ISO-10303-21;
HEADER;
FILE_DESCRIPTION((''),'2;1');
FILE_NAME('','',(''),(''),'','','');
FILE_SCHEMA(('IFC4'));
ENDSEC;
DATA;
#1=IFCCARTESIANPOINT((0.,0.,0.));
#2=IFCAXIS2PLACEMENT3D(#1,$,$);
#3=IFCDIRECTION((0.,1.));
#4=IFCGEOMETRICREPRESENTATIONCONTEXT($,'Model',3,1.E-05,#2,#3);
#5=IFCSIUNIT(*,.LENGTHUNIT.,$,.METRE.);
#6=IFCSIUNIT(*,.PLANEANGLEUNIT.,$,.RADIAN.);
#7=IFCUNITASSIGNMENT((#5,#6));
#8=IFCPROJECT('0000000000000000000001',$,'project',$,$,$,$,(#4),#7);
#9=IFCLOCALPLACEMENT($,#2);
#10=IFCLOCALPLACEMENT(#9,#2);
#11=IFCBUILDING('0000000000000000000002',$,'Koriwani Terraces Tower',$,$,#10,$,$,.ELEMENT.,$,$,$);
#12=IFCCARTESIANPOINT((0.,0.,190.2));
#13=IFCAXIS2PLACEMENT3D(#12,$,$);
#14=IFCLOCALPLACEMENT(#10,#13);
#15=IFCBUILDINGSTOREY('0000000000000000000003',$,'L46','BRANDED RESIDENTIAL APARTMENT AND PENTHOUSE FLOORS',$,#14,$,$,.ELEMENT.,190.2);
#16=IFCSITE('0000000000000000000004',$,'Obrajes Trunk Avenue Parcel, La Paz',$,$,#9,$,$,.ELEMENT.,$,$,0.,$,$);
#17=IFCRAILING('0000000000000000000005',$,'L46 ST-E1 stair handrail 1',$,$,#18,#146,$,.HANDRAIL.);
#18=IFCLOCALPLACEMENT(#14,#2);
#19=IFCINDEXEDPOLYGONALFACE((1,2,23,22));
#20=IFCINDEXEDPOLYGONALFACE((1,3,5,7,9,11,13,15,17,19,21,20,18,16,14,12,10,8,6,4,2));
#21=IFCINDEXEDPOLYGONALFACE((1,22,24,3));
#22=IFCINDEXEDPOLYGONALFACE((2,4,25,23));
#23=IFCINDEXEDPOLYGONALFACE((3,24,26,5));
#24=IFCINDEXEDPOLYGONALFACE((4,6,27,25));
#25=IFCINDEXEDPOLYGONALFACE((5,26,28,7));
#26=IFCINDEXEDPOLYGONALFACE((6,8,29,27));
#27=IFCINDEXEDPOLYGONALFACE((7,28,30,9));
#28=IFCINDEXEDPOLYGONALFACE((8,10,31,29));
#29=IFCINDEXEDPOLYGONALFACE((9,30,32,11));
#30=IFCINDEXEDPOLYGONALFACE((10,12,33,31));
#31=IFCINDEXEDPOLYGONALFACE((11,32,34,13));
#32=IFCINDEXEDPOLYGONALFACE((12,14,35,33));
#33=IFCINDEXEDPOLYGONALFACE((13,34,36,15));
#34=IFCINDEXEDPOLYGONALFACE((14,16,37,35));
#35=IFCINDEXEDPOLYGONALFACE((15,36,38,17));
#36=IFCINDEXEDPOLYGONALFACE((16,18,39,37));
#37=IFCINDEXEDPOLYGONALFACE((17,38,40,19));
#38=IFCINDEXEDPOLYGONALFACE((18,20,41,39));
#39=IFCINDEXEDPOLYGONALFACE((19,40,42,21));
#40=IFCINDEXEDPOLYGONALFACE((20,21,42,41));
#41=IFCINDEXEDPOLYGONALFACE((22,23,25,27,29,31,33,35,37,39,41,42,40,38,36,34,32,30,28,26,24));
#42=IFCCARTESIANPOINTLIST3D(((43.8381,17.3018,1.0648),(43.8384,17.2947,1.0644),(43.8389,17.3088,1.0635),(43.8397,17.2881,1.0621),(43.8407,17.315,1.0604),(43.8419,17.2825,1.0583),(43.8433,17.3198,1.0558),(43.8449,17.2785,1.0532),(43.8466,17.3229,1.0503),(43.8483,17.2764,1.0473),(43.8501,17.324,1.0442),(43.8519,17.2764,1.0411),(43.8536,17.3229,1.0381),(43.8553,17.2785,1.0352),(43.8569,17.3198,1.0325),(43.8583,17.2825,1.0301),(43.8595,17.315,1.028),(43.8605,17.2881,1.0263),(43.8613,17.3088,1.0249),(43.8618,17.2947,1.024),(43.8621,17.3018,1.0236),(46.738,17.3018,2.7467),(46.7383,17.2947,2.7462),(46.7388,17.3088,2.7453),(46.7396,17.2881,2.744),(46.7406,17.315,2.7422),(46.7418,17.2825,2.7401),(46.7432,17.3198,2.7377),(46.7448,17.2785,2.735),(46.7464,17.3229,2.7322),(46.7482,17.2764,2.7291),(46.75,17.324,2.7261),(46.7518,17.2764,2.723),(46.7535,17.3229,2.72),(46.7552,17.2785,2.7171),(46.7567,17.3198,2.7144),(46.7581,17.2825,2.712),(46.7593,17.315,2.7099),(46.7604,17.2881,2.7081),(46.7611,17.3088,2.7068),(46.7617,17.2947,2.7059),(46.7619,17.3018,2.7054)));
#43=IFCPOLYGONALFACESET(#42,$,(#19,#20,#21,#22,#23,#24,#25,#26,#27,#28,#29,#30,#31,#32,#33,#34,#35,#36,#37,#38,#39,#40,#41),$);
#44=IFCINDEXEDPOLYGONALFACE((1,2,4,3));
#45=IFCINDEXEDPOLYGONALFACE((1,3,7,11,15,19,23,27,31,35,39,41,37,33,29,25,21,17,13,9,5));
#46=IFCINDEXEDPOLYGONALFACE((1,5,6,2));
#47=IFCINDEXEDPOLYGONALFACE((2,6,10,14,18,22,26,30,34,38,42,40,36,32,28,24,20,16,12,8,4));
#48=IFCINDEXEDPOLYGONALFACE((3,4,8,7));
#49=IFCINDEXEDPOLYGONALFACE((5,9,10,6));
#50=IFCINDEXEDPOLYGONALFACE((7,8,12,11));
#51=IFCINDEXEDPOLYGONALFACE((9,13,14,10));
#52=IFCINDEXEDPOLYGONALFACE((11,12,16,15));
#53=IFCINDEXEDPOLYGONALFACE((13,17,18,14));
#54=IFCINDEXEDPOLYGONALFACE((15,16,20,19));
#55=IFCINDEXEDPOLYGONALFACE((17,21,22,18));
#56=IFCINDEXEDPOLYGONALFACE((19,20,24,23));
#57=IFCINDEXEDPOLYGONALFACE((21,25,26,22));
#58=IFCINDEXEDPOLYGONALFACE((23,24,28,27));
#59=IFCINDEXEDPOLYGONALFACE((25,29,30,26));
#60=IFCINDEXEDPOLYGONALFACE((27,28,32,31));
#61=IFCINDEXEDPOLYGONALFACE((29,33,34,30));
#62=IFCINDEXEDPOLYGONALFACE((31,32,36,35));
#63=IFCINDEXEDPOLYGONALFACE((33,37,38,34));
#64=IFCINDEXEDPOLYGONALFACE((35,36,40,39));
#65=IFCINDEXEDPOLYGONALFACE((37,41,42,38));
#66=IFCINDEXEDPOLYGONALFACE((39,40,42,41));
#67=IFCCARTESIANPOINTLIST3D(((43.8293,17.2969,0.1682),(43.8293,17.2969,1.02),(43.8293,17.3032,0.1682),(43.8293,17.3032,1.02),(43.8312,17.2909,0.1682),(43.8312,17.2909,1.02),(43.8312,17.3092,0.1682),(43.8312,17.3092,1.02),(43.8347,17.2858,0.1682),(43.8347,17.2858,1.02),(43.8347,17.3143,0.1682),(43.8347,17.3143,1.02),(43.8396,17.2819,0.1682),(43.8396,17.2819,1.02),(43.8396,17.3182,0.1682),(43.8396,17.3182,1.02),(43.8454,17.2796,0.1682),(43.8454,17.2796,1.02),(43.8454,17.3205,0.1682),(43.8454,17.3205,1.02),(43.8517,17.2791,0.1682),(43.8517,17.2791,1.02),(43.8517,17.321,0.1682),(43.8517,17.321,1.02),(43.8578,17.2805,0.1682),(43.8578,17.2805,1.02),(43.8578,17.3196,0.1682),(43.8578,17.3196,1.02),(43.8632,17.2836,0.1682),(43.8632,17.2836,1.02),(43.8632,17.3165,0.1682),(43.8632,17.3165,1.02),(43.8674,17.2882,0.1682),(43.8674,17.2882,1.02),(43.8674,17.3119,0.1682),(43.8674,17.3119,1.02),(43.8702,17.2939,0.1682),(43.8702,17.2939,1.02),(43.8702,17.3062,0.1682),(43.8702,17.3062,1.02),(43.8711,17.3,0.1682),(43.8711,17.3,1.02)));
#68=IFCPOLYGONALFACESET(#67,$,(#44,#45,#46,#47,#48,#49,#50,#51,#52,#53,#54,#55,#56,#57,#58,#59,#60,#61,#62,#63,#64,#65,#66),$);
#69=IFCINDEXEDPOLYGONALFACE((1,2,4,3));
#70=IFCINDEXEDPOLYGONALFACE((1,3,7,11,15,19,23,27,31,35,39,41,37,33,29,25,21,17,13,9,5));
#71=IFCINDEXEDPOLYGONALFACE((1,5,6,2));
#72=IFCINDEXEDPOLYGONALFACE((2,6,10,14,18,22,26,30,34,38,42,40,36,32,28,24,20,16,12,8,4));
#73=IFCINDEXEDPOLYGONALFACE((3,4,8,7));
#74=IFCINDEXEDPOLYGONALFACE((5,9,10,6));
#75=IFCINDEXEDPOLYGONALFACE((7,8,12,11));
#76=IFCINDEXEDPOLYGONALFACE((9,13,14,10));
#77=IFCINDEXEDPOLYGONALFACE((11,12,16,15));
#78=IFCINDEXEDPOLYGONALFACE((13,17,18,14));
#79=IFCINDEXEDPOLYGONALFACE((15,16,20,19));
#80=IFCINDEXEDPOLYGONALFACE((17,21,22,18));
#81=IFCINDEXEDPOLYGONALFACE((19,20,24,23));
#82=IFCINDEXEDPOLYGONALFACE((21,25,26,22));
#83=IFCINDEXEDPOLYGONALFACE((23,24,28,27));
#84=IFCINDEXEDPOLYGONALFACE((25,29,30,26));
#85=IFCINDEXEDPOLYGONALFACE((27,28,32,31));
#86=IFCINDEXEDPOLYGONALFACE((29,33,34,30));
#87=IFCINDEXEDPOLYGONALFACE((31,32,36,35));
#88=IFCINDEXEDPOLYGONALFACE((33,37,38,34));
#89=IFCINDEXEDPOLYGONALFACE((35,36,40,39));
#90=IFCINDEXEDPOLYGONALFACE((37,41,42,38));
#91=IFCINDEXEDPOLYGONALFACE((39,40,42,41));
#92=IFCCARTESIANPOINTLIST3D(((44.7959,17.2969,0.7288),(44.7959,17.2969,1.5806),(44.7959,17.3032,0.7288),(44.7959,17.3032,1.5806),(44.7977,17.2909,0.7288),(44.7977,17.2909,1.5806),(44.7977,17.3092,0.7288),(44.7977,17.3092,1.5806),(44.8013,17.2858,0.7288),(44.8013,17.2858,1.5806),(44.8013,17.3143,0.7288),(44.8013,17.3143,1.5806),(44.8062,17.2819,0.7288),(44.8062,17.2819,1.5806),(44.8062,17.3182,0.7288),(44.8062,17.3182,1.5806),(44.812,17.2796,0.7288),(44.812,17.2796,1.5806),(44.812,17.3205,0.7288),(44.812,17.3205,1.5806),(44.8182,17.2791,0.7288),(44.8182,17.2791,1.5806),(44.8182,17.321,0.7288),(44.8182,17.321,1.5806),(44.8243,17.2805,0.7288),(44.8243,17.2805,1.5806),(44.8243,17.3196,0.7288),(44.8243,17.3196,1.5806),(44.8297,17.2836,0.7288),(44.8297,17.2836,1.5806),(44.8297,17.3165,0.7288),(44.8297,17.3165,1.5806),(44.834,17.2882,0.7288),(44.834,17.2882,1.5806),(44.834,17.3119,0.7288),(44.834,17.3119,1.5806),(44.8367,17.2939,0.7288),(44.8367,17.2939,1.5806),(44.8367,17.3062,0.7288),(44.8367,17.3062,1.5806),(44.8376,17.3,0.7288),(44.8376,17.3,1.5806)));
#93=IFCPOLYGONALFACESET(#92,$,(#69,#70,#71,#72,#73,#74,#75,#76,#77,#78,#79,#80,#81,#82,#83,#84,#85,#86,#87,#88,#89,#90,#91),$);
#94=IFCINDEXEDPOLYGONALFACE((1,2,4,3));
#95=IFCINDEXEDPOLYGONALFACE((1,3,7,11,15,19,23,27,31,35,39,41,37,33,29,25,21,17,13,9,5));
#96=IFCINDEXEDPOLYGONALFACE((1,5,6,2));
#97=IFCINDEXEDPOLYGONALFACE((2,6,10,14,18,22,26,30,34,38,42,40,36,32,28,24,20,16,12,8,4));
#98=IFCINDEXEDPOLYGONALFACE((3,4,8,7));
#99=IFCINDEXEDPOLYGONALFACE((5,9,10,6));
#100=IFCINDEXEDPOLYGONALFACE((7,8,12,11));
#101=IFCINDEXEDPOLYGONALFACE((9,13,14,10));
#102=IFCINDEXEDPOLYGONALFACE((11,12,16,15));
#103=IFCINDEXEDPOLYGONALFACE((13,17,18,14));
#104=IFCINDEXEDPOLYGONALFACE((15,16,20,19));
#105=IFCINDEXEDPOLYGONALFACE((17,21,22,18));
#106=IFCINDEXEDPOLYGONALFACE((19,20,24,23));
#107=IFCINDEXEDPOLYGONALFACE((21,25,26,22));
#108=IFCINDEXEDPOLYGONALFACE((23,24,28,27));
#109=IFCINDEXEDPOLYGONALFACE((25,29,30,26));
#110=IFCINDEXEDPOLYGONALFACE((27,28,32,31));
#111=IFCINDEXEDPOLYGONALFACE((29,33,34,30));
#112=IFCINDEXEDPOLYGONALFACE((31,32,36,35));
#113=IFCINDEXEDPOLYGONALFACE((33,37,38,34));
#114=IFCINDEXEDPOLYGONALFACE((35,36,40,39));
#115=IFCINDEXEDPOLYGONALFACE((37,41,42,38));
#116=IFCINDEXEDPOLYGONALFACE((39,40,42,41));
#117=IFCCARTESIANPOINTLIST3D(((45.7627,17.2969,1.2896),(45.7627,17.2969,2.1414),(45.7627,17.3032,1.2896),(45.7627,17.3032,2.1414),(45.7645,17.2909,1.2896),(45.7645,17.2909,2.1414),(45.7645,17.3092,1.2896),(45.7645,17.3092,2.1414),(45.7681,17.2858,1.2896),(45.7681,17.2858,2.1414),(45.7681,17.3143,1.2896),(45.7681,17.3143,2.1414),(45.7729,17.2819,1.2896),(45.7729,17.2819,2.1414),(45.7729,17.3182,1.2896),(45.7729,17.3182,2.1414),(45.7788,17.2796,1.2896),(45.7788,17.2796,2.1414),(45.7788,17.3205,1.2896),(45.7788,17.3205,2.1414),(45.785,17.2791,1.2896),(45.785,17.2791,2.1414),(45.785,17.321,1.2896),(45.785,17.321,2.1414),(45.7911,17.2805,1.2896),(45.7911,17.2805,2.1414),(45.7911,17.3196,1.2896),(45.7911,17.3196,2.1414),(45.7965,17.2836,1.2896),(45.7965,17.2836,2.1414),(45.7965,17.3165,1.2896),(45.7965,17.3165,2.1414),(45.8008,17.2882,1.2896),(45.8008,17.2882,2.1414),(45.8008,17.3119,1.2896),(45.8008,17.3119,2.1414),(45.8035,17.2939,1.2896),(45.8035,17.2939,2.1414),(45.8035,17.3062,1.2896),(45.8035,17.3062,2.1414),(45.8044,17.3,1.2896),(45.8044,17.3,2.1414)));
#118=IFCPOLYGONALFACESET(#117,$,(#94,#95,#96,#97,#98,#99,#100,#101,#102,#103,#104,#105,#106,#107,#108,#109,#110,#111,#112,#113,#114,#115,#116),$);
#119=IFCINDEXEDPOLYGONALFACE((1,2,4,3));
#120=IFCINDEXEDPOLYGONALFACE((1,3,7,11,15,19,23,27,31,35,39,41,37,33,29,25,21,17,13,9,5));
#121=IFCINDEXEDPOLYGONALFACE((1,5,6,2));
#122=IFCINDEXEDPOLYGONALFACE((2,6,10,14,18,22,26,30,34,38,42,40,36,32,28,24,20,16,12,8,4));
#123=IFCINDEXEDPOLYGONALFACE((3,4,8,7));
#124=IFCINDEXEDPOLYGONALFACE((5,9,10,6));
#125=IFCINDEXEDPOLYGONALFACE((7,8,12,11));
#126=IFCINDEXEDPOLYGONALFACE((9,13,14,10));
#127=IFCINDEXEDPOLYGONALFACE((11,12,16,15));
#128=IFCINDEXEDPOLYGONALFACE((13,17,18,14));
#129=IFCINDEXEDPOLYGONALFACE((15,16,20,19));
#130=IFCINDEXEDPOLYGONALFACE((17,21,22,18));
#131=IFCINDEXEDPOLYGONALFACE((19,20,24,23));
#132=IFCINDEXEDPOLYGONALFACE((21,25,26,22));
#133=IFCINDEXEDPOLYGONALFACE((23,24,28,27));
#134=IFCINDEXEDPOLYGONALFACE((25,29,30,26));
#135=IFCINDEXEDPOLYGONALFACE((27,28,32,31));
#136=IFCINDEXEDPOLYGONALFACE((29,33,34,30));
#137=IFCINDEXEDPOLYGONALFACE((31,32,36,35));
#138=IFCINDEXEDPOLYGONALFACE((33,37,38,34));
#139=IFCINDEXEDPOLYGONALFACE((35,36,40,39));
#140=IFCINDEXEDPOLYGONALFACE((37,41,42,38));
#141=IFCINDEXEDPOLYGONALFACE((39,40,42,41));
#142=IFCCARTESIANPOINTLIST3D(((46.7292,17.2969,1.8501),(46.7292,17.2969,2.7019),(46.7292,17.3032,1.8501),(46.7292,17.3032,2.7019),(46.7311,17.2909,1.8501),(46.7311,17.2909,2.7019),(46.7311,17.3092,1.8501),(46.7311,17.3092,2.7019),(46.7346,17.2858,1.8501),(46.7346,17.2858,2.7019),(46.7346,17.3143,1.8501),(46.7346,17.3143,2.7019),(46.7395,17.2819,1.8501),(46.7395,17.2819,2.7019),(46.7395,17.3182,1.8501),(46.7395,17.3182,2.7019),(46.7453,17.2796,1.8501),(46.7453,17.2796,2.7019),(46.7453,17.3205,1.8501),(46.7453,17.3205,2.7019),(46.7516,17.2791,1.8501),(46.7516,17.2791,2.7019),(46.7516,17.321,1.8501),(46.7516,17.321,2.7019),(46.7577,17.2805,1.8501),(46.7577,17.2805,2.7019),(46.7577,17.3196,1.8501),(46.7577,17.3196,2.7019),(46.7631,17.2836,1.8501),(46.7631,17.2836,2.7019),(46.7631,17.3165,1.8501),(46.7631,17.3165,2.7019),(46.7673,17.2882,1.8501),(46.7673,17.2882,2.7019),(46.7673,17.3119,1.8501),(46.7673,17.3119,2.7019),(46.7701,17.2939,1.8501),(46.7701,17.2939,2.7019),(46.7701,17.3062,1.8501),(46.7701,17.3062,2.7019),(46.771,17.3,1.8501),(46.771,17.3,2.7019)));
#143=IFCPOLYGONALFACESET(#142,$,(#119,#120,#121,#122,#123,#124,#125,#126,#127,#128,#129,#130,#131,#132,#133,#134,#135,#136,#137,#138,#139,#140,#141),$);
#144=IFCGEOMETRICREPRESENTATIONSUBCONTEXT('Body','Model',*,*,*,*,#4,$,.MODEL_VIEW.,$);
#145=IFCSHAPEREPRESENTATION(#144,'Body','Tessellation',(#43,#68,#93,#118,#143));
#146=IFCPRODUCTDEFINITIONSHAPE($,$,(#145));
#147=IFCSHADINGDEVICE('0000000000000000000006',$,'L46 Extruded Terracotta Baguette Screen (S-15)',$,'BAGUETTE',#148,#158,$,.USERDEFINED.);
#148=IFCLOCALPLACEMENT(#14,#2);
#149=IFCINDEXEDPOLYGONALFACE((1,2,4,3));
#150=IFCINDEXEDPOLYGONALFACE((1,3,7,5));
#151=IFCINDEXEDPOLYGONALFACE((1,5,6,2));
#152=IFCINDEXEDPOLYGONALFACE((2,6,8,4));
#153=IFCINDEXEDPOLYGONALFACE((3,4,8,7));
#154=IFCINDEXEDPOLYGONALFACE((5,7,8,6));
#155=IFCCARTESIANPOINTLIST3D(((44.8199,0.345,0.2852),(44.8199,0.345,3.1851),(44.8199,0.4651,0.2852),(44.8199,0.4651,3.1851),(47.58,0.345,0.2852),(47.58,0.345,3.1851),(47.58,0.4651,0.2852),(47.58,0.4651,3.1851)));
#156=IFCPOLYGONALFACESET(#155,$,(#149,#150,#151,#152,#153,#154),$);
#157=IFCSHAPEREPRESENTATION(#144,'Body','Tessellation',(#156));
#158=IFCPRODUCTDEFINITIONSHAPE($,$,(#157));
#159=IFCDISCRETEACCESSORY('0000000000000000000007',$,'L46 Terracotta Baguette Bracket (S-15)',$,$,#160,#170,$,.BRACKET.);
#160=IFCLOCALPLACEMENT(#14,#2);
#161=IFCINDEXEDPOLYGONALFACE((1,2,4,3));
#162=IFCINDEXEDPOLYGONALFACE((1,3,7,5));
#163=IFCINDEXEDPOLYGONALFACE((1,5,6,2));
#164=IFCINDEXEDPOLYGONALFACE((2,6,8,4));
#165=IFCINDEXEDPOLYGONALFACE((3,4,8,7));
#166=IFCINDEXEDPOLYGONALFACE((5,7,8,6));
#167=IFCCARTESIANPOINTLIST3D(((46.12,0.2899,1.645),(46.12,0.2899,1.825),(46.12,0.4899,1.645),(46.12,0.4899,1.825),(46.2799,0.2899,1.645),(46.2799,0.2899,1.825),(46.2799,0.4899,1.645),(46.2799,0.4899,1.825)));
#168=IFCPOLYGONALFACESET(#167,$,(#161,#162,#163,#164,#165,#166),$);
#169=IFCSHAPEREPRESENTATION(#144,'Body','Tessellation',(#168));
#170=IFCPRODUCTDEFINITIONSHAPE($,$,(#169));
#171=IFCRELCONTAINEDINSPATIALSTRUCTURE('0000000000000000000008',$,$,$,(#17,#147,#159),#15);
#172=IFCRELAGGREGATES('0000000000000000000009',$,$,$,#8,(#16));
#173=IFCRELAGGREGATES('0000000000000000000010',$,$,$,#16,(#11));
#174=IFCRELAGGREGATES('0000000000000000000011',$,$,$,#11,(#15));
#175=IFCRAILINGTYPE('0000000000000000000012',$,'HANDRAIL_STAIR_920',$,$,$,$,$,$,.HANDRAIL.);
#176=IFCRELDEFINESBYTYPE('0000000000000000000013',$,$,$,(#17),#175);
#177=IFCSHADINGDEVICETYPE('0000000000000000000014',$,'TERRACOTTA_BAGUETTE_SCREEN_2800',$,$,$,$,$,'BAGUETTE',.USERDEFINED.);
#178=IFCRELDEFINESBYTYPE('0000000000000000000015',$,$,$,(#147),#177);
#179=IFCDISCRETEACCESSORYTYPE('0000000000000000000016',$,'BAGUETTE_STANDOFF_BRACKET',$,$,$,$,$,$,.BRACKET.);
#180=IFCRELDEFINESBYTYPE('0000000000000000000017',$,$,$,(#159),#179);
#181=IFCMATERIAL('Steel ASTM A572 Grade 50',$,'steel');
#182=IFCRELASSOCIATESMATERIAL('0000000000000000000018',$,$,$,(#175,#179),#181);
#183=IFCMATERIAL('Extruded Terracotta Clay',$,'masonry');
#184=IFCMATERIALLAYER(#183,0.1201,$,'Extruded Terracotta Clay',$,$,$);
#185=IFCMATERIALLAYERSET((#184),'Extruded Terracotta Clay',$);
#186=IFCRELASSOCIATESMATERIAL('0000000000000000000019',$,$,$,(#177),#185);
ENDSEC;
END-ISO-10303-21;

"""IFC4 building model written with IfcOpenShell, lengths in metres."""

from ifc_helpers import new_model, si_unit, direction, frame, origin, origin_2d, place, context, subcontext, project, spatial, rectangle, circle, extrude, material, layer, layer_set, type_object, element, save


model = new_model("IFC4")

# Units and contexts
model_context = context("Model", 3, precision=1e-05, world=origin(), true_north=direction((0.0, 1.0)))
body_context = subcontext(model_context, "Body", "Model", "MODEL_VIEW")
ifc_project = project(units=[si_unit("LENGTHUNIT", "METRE"), si_unit("PLANEANGLEUNIT", "RADIAN")], contexts=[model_context])

# Site, building, storey
site_placement = place(None, origin())
site = spatial("IfcSite", under=ifc_project, at=site_placement, Name="Obrajes Trunk Avenue Parcel, La Paz", CompositionType="ELEMENT", RefElevation=0.0)
building_placement = place(site_placement, origin())
building = spatial("IfcBuilding", under=site, at=building_placement, Name="Koriwani Terraces Tower", CompositionType="ELEMENT")
storey_placement = place(building_placement, frame((0.0, 0.0, 190.2)))
storey = spatial("IfcBuildingStorey", under=building, at=storey_placement, Name="L46", Description="BRANDED RESIDENTIAL APARTMENT AND PENTHOUSE FLOORS", CompositionType="ELEMENT", Elevation=190.2)

# Shared definitions
ifc_material_1 = material(Name="Steel ASTM A572 Grade 50", Category="steel")

# Railing
railing_type_1 = type_object("IfcRailingType", Name="HANDRAIL_STAIR_920", PredefinedType="HANDRAIL", material=ifc_material_1)
railing_1_placement = place(storey_placement, frame((43.8501, 17.3, 0.1682)))
element("IfcRailing", 1, at=railing_1_placement, inside=storey, type_object=railing_type_1, Name="L46 ST-E1 stair handrail 1", PredefinedType="HANDRAIL", context=body_context, shape_type="SweptSolid", body=[
    extrude(circle(Radius=0.0239, at=origin_2d()), frame((0.0, 0.0, 0.876), z_axis=(0.865039, 0.0, 0.501705), x_axis=(0.0, 1.0, 0.0)), (0.0, 0.0, 1.0), 3.3523),
    extrude(circle(Radius=0.021, at=origin_2d()), origin(), (0.0, 0.0, 1.0), 0.8518),
    extrude(circle(Radius=0.021, at=origin_2d()), frame((0.9666, 0.0, 0.5605)), (0.0, 0.0, 1.0), 0.8518),
    extrude(circle(Radius=0.021, at=origin_2d()), frame((1.9333, 0.0, 1.1213)), (0.0, 0.0, 1.0), 0.8518),
    extrude(circle(Radius=0.021, at=origin_2d()), frame((2.8999, 0.0, 1.6819)), (0.0, 0.0, 1.0), 0.8518),
])

# Shading device
ifc_material_2 = material(Name="Extruded Terracotta Clay", Category="masonry")
ifc_layer_1 = layer(ifc_material_2, 0.1201, Name="Extruded Terracotta Clay")
ifc_layer_set_1 = layer_set([ifc_layer_1], Name="Extruded Terracotta Clay")
shading_device_type = type_object("IfcShadingDeviceType", Name="TERRACOTTA_BAGUETTE_SCREEN_2800", ElementType="BAGUETTE", PredefinedType="USERDEFINED", material=ifc_layer_set_1)
shading_device_placement = place(storey_placement, frame((46.2, 0.405, 0.2852), z_axis=(0.0, 0.0, 1.0), x_axis=(-1.0, 0.0, 0.0)))
element("IfcShadingDevice", 2, at=shading_device_placement, inside=storey, type_object=shading_device_type, Name="L46 Extruded Terracotta Baguette Screen (S-15)", ObjectType="BAGUETTE", PredefinedType="USERDEFINED", context=body_context, shape_type="SweptSolid", body=[
    extrude(rectangle(XDim=2.76, YDim=0.1201, at=origin_2d()), origin(), (0.0, 0.0, 1.0), 2.8999),
])

# Discrete accessory
discrete_accessory_type = type_object("IfcDiscreteAccessoryType", Name="BAGUETTE_STANDOFF_BRACKET", PredefinedType="BRACKET", material=ifc_material_1)
discrete_accessory_placement = place(storey_placement, frame((46.2, 0.3899, 1.645), z_axis=(0.0, 0.0, 1.0), x_axis=(-1.0, 0.0, 0.0)))
element("IfcDiscreteAccessory", 3, at=discrete_accessory_placement, inside=storey, type_object=discrete_accessory_type, Name="L46 Terracotta Baguette Bracket (S-15)", PredefinedType="BRACKET", context=body_context, shape_type="SweptSolid", body=[
    extrude(rectangle(XDim=0.1599, YDim=0.2, at=origin_2d()), origin(), (0.0, 0.0, 1.0), 0.1799),
])

save(model, "model.ifc")
